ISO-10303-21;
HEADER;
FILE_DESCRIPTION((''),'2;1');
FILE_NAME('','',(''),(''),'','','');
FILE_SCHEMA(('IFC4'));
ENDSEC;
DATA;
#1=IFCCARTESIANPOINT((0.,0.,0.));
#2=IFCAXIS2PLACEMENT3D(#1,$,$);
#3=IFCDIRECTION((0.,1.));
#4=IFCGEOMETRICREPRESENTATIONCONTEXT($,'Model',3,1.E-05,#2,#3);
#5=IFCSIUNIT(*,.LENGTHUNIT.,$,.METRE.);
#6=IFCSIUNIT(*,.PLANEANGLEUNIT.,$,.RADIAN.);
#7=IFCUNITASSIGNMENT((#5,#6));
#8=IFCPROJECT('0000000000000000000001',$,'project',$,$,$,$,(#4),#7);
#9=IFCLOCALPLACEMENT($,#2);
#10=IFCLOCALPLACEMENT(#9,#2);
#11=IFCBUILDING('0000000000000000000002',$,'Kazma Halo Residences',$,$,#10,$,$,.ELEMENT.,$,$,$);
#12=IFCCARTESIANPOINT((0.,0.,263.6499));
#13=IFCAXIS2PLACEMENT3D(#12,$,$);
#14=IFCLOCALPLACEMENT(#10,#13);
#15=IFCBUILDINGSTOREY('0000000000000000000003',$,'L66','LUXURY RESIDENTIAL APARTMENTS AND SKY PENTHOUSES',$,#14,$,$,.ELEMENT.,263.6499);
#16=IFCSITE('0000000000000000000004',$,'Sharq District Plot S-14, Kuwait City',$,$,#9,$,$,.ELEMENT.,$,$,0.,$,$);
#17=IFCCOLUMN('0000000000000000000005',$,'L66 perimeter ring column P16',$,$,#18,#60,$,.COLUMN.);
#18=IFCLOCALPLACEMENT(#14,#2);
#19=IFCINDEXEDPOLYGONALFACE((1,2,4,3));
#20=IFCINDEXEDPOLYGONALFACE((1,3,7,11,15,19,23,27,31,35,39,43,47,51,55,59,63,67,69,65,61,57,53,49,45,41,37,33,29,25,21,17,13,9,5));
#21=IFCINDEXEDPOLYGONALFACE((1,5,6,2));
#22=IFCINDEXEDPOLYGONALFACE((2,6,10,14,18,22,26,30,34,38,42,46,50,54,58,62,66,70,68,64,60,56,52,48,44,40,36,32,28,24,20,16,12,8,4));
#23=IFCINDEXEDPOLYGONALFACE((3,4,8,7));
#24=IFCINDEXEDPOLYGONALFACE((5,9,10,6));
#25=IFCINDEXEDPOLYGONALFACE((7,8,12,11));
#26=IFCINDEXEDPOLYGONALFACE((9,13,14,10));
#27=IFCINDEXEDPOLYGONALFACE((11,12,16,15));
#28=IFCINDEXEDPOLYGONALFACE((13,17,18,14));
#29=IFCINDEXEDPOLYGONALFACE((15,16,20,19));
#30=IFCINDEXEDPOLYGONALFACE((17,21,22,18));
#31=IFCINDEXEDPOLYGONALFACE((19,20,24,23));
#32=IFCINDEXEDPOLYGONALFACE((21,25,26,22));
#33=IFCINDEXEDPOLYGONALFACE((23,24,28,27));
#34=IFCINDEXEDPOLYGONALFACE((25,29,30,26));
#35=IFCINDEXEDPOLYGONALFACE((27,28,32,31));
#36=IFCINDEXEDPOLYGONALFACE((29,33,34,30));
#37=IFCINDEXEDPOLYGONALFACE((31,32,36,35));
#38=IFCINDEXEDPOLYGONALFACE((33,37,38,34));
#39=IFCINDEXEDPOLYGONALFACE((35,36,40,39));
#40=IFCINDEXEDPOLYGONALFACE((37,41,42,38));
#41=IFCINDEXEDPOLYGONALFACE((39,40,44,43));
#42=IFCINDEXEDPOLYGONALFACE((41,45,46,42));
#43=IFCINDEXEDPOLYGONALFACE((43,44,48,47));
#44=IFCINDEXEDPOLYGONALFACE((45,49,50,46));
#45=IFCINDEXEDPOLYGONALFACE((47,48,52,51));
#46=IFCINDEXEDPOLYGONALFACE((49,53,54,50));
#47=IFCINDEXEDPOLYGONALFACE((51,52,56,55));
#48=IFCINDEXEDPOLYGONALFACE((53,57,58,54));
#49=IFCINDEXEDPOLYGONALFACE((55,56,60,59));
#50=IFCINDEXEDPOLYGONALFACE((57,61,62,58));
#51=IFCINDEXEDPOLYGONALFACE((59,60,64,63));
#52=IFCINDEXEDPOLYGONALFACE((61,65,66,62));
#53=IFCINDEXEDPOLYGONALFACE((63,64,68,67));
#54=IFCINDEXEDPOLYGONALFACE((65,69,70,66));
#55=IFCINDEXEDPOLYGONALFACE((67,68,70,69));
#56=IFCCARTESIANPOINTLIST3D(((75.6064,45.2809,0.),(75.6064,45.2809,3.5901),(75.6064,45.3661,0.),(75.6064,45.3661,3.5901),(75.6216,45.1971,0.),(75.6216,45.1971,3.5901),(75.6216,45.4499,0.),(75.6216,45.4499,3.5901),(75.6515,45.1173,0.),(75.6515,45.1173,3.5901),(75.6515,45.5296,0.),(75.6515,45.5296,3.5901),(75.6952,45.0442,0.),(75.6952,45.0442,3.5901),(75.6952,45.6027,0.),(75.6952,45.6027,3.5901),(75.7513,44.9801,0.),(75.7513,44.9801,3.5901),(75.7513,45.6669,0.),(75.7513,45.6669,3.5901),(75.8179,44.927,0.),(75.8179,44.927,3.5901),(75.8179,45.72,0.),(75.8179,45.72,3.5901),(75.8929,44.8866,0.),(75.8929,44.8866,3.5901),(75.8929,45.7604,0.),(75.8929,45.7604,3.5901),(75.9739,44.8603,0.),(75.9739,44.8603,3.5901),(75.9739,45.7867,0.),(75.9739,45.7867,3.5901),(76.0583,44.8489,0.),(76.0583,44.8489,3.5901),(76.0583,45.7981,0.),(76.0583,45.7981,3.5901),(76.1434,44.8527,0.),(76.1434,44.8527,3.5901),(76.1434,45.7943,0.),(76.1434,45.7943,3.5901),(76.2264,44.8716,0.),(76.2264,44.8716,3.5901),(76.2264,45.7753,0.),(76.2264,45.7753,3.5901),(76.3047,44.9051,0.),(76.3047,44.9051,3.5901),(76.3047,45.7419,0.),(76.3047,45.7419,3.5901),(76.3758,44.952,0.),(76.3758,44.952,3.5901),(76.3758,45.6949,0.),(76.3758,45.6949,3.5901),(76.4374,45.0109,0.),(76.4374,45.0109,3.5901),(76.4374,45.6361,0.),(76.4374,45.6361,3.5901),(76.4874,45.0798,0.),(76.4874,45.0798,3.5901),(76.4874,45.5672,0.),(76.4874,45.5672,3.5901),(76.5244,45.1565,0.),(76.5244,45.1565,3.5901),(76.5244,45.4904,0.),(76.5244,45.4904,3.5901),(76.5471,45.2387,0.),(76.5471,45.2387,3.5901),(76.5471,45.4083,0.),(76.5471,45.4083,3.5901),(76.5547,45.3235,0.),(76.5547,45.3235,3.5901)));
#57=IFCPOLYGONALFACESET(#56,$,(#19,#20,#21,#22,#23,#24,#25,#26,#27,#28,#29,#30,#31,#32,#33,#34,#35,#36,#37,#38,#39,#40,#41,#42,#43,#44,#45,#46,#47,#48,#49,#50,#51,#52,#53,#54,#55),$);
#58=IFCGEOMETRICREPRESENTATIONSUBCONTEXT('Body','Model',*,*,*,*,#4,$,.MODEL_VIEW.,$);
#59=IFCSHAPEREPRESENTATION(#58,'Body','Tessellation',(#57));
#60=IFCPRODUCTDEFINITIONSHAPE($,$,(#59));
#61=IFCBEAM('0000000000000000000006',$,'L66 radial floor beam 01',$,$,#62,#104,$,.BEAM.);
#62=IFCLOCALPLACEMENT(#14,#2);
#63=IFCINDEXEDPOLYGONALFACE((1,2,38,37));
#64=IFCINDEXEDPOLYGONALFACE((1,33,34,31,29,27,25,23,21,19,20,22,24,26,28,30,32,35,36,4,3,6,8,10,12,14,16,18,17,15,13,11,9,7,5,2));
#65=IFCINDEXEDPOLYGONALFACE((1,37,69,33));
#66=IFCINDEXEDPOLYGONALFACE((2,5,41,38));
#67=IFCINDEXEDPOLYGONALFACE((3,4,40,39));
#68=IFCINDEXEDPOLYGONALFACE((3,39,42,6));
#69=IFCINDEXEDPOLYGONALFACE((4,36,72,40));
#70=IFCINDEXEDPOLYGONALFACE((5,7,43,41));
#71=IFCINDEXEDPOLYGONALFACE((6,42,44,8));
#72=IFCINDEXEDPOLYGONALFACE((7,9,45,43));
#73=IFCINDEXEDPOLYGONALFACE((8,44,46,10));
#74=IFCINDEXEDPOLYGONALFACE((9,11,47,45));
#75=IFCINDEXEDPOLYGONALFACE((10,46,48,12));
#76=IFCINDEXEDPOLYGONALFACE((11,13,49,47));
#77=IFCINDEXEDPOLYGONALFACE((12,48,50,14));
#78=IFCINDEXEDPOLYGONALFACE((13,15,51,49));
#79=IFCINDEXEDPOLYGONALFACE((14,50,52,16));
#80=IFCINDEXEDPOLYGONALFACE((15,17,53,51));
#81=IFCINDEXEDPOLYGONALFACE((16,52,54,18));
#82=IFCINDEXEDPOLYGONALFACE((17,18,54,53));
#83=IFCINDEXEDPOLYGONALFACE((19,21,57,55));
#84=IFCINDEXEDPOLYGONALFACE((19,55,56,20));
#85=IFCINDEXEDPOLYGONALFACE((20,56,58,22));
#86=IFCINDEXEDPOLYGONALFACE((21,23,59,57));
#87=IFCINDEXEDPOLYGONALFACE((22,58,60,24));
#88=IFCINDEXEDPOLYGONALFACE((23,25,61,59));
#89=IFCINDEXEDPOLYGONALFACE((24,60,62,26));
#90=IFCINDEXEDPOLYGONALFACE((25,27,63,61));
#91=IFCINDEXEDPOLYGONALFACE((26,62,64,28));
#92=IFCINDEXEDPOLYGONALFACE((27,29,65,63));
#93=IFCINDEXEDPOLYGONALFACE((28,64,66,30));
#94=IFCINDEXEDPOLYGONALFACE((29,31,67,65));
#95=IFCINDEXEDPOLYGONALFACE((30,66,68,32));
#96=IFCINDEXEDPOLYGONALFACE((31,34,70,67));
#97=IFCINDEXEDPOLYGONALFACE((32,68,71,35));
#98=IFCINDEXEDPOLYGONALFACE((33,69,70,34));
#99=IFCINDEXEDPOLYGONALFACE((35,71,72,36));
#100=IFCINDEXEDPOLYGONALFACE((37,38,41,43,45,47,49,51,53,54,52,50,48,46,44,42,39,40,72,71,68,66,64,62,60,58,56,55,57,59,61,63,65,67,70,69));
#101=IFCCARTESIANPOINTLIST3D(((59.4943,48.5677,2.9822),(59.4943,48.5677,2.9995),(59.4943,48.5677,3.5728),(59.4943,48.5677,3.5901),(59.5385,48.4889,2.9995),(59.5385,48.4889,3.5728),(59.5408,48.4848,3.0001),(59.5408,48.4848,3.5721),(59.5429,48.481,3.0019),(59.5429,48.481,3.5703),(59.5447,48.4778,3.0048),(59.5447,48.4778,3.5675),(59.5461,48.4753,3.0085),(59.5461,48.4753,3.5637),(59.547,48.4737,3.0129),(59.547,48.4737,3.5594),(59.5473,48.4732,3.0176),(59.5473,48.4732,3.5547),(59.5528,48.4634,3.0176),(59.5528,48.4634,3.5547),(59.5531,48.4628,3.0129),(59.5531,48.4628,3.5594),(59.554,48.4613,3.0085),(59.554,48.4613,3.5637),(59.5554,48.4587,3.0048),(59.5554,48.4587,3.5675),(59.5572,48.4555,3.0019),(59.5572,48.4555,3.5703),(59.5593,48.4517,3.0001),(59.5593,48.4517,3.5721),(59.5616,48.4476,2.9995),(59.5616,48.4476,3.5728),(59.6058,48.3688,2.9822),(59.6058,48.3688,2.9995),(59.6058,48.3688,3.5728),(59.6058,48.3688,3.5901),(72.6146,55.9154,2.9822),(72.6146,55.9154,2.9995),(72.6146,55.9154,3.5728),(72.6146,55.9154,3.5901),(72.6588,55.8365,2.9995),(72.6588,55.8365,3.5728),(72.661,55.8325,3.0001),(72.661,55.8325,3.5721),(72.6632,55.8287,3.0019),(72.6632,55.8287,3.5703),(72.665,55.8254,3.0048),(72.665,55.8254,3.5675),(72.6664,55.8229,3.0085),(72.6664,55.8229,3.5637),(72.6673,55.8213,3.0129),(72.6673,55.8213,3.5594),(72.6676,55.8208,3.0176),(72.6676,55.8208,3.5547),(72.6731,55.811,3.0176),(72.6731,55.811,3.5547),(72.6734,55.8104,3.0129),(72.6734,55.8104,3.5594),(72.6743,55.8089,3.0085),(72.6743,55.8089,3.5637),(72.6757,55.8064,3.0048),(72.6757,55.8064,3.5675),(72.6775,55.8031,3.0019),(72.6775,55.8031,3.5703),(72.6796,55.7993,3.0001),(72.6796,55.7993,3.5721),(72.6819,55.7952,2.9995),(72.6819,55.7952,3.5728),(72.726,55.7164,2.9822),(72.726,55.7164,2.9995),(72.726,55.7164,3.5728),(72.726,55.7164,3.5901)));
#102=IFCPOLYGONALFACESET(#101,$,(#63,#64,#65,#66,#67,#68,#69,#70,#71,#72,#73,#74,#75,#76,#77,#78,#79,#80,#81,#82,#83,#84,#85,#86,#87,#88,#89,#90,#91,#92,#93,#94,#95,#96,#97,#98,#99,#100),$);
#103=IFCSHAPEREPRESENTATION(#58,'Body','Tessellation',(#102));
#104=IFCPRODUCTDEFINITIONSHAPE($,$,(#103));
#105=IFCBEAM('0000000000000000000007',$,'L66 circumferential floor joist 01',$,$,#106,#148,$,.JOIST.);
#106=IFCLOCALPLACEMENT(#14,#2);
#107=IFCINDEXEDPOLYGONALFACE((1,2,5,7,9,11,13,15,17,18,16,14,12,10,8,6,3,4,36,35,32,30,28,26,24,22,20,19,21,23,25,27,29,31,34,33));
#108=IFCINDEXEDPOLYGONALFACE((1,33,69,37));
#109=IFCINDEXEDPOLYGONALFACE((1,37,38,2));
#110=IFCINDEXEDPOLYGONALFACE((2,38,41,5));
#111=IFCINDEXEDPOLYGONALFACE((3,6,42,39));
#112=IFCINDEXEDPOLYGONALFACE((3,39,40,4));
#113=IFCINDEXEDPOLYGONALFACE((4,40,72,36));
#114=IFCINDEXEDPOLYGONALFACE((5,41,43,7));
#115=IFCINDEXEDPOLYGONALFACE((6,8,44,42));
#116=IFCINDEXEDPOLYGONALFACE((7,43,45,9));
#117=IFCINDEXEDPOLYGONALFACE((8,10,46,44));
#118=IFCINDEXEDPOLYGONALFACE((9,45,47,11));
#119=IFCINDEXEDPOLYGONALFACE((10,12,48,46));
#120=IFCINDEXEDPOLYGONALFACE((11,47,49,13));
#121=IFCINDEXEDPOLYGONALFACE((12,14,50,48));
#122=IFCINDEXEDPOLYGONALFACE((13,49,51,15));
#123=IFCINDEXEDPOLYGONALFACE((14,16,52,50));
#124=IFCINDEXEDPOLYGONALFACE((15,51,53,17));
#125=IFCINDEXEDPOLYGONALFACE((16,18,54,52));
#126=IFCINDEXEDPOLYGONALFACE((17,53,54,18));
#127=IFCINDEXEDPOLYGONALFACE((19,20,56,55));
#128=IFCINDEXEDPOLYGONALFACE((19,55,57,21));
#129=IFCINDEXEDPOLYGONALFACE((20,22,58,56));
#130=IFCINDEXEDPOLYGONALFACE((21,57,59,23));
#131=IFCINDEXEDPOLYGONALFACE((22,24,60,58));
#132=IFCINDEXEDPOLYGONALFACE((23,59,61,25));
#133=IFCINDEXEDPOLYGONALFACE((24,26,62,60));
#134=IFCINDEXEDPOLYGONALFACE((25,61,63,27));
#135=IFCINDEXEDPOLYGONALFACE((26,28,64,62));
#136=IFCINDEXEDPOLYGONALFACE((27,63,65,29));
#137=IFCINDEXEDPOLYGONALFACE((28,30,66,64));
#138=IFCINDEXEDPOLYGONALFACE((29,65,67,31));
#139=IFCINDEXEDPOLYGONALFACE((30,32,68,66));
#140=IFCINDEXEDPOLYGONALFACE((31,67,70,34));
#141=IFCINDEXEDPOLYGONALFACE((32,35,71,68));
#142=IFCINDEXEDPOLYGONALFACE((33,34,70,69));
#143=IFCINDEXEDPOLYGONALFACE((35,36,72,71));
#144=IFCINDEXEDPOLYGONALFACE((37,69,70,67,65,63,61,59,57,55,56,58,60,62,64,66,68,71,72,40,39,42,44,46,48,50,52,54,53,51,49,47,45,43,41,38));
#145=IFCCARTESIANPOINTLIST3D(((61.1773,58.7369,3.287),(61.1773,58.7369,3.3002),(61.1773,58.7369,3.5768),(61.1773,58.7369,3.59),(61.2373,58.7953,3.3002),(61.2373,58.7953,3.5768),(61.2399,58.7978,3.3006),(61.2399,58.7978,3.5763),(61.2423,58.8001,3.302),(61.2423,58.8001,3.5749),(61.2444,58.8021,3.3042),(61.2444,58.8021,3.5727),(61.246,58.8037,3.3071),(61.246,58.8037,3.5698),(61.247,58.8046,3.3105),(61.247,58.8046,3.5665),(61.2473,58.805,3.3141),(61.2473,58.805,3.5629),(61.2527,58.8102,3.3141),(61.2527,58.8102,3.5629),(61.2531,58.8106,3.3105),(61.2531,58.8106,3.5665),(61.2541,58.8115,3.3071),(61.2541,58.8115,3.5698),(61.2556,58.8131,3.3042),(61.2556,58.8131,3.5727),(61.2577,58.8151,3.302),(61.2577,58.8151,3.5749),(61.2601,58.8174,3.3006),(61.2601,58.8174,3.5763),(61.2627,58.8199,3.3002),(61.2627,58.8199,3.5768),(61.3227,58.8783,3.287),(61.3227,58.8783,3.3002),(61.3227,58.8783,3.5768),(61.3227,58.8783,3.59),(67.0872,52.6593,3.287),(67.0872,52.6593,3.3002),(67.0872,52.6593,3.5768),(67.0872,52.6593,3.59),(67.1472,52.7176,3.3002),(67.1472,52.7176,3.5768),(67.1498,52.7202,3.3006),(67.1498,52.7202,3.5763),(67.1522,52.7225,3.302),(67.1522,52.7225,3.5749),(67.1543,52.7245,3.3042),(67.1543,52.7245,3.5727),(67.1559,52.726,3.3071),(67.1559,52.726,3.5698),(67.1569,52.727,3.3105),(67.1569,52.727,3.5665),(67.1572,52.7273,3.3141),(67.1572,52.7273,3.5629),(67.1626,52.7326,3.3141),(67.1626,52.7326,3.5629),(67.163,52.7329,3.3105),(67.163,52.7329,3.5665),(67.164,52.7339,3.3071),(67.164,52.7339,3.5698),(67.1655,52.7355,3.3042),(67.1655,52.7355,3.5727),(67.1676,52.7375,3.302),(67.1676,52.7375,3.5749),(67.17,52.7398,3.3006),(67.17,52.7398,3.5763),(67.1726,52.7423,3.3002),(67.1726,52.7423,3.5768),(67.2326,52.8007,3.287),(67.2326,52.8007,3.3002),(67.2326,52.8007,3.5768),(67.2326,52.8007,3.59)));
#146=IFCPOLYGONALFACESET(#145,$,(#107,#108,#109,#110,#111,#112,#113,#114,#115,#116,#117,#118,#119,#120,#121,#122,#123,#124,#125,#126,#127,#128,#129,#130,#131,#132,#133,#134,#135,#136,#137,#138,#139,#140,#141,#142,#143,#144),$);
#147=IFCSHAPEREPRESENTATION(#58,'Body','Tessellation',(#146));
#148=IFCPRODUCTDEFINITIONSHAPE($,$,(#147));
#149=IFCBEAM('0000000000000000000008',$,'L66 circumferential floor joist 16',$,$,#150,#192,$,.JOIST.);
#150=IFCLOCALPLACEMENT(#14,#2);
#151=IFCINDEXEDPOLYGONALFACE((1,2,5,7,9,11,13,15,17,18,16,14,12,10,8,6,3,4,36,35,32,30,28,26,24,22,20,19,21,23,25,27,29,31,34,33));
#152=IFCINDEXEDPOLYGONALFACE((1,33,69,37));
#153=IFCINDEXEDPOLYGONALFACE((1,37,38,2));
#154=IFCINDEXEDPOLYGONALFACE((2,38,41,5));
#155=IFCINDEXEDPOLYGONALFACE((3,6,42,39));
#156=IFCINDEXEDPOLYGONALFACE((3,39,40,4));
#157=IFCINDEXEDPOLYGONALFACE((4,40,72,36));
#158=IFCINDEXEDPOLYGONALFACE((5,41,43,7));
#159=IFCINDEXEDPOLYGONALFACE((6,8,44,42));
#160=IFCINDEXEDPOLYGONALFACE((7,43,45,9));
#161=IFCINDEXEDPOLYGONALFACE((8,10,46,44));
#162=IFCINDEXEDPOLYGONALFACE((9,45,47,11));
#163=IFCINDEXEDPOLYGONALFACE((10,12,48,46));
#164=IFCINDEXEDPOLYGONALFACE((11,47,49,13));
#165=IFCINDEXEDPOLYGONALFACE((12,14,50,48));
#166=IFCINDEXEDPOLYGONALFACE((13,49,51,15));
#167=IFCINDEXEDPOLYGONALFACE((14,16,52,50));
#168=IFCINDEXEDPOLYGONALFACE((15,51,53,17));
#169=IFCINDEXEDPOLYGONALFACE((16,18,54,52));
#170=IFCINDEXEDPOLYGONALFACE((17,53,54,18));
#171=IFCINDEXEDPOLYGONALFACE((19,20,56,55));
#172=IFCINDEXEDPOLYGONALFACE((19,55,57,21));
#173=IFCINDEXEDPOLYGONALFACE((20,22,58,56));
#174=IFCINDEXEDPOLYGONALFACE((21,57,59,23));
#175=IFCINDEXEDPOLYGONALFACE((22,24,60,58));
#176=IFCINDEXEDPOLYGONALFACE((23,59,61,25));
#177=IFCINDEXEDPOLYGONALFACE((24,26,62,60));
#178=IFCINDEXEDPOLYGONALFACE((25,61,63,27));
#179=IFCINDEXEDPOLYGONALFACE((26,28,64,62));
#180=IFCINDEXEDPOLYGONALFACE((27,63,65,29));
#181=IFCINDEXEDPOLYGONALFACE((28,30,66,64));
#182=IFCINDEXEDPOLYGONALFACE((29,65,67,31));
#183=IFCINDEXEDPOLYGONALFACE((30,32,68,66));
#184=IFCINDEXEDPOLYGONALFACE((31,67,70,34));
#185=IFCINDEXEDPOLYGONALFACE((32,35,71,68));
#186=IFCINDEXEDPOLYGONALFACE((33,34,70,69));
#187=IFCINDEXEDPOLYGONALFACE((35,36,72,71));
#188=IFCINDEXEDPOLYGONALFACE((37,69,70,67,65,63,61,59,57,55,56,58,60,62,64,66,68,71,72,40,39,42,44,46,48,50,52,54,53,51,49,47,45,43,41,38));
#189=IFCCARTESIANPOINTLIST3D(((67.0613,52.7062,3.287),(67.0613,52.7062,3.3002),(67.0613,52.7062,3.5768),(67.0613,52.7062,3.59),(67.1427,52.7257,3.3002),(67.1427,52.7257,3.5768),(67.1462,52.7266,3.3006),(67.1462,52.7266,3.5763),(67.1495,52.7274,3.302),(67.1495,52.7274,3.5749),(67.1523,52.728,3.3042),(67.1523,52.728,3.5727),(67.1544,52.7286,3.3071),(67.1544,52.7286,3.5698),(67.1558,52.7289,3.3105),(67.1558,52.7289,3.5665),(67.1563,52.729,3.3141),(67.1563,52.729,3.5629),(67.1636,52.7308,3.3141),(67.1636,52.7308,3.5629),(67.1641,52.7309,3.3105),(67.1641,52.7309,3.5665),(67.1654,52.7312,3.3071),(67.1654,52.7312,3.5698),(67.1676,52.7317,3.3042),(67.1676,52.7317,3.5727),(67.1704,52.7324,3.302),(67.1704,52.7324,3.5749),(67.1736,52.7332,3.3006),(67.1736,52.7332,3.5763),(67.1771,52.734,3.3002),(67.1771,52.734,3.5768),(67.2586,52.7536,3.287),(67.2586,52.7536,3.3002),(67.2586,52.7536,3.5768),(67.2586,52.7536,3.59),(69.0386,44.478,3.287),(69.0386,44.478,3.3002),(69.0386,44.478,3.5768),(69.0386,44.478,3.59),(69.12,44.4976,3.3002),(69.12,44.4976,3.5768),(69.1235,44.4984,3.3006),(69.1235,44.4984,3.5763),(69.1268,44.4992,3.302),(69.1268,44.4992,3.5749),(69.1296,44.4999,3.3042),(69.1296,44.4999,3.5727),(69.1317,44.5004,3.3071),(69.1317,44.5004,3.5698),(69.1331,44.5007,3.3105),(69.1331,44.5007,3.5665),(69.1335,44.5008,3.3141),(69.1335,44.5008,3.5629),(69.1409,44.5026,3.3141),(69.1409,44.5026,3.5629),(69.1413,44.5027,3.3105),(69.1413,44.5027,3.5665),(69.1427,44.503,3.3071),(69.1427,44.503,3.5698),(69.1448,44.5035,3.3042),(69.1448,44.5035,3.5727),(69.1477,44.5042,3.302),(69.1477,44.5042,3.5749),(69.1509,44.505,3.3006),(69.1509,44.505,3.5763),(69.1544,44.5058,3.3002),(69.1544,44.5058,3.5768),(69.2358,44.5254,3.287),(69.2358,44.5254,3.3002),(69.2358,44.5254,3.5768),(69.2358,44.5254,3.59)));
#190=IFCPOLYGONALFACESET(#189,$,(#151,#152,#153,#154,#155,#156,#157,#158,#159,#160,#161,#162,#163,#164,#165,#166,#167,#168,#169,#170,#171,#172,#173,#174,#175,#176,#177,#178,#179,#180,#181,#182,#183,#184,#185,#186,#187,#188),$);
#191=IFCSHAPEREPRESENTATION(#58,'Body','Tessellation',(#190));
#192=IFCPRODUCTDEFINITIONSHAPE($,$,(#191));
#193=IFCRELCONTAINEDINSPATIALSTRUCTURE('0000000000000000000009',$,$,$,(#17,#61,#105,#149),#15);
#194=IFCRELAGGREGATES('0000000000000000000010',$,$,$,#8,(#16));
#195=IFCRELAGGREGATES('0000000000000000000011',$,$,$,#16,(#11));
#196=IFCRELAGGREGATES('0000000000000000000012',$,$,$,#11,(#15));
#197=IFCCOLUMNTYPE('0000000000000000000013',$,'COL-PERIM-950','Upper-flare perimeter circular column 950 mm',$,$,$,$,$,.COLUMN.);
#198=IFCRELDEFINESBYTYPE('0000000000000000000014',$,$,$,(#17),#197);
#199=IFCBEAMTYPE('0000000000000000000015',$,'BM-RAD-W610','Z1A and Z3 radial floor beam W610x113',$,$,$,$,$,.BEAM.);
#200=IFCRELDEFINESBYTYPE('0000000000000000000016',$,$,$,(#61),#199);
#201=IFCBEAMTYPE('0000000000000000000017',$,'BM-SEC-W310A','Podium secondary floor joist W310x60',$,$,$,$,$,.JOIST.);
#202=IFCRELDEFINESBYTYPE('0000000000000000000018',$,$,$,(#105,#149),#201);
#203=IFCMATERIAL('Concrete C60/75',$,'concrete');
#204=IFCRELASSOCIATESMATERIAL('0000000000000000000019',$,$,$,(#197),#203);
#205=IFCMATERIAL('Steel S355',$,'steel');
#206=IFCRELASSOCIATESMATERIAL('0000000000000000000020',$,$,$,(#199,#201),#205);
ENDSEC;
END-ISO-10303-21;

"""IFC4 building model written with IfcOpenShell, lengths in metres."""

from ifc_helpers import new_model, si_unit, direction, frame, origin, origin_2d, place, context, subcontext, project, spatial, circle, i_section, extrude, material, material_profile, profile_set, type_object, element, save


model = new_model("IFC4")

# Units and contexts
model_context = context("Model", 3, precision=1e-05, world=origin(), true_north=direction((0.0, 1.0)))
body_context = subcontext(model_context, "Body", "Model", "MODEL_VIEW")
ifc_project = project(units=[si_unit("LENGTHUNIT", "METRE"), si_unit("PLANEANGLEUNIT", "RADIAN")], contexts=[model_context])

# Site, building, storey
site_placement = place(None, origin())
site = spatial("IfcSite", under=ifc_project, at=site_placement, Name="Sharq District Plot S-14, Kuwait City", CompositionType="ELEMENT", RefElevation=0.0)
building_placement = place(site_placement, origin())
building = spatial("IfcBuilding", under=site, at=building_placement, Name="Kazma Halo Residences", CompositionType="ELEMENT")
storey_placement = place(building_placement, frame((0.0, 0.0, 263.6499)))
storey = spatial("IfcBuildingStorey", under=building, at=storey_placement, Name="L66", Description="LUXURY RESIDENTIAL APARTMENTS AND SKY PENTHOUSES", CompositionType="ELEMENT", Elevation=263.6499)

# Column
ifc_material_1 = material(Name="Concrete C60/75", Category="concrete")
ifc_material_profile_1 = material_profile(ifc_material_1, circle(Radius=0.4751, at=origin_2d()), Name="CIRC950")
ifc_profile_set_1 = profile_set([ifc_material_profile_1], Name="Concrete C60/75")
column_type = type_object("IfcColumnType", Name="COL-PERIM-950", Description="Upper-flare perimeter circular column 950 mm", PredefinedType="COLUMN", material=ifc_profile_set_1)
column_placement = place(storey_placement, frame((76.0796, 45.3235, 0.0), z_axis=(0.0, 0.0, 1.0), x_axis=(1.0, 0.0, 0.0)))
element("IfcColumn", 1, at=column_placement, inside=storey, type_object=column_type, Name="L66 perimeter ring column P16", PredefinedType="COLUMN", context=body_context, shape_type="SweptSolid", body=[
    extrude(circle(Radius=0.4751, at=origin_2d()), origin(), (0.0, 0.0, 1.0), 3.5901),
])

# Beams
ifc_material_2 = material(Name="Steel S355", Category="steel")
ifc_material_profile_2 = material_profile(ifc_material_2, i_section(OverallWidth=0.228, OverallDepth=0.6079, WebThickness=0.0112, FlangeThickness=0.0173, FilletRadius=0.0181, at=origin_2d()), Name="W610x113")
ifc_profile_set_2 = profile_set([ifc_material_profile_2], Name="Steel S355")
beam_type_1 = type_object("IfcBeamType", Name="BM-RAD-W610", Description="Z1A and Z3 radial floor beam W610x113", PredefinedType="BEAM", material=ifc_profile_set_2)
beam_1_placement = place(storey_placement, frame((59.55, 48.4683, 3.2861), z_axis=(0.872499, 0.488616, 0.0), x_axis=(-0.488616, 0.872499, 0.0)))
element("IfcBeam", 2, at=beam_1_placement, inside=storey, type_object=beam_type_1, Name="L66 radial floor beam 01", PredefinedType="BEAM", context=body_context, shape_type="SweptSolid", body=[
    extrude(i_section(OverallWidth=0.228, OverallDepth=0.6079, WebThickness=0.0112, FlangeThickness=0.0173, FilletRadius=0.0181, at=origin_2d()), origin(), (0.0, 0.0, 1.0), 15.0376),
])
ifc_material_profile_3 = material_profile(ifc_material_2, i_section(OverallWidth=0.2029, OverallDepth=0.303, WebThickness=0.0076, FlangeThickness=0.0132, FilletRadius=0.0139, at=origin_2d()), Name="W310x60")
ifc_profile_set_3 = profile_set([ifc_material_profile_3], Name="Steel S355")
beam_type_2 = type_object("IfcBeamType", Name="BM-SEC-W310A", Description="Podium secondary floor joist W310x60", PredefinedType="JOIST", material=ifc_profile_set_3)
beam_2_placement = place(storey_placement, frame((67.1599, 52.73, 3.4385), z_axis=(-0.697145, 0.71693, 0.0), x_axis=(-0.71693, -0.697145, 0.0)))
element("IfcBeam", 3, at=beam_2_placement, inside=storey, type_object=beam_type_2, Name="L66 circumferential floor joist 01", PredefinedType="JOIST", context=body_context, shape_type="SweptSolid", body=[
    extrude(i_section(OverallWidth=0.2029, OverallDepth=0.303, WebThickness=0.0076, FlangeThickness=0.0132, FilletRadius=0.0139, at=origin_2d()), origin(), (0.0, 0.0, 1.0), 8.4773),
])
beam_3_placement = place(storey_placement, frame((69.1372, 44.5017, 3.4385), z_axis=(-0.233653, 0.97232, 0.0), x_axis=(-0.97232, -0.233653, 0.0)))
element("IfcBeam", 4, at=beam_3_placement, inside=storey, type_object=beam_type_2, Name="L66 circumferential floor joist 16", PredefinedType="JOIST", context=body_context, shape_type="SweptSolid", body=[
    extrude(i_section(OverallWidth=0.2029, OverallDepth=0.303, WebThickness=0.0076, FlangeThickness=0.0132, FilletRadius=0.0139, at=origin_2d()), origin(), (0.0, 0.0, 1.0), 8.4624),
])

save(model, "model.ifc")
